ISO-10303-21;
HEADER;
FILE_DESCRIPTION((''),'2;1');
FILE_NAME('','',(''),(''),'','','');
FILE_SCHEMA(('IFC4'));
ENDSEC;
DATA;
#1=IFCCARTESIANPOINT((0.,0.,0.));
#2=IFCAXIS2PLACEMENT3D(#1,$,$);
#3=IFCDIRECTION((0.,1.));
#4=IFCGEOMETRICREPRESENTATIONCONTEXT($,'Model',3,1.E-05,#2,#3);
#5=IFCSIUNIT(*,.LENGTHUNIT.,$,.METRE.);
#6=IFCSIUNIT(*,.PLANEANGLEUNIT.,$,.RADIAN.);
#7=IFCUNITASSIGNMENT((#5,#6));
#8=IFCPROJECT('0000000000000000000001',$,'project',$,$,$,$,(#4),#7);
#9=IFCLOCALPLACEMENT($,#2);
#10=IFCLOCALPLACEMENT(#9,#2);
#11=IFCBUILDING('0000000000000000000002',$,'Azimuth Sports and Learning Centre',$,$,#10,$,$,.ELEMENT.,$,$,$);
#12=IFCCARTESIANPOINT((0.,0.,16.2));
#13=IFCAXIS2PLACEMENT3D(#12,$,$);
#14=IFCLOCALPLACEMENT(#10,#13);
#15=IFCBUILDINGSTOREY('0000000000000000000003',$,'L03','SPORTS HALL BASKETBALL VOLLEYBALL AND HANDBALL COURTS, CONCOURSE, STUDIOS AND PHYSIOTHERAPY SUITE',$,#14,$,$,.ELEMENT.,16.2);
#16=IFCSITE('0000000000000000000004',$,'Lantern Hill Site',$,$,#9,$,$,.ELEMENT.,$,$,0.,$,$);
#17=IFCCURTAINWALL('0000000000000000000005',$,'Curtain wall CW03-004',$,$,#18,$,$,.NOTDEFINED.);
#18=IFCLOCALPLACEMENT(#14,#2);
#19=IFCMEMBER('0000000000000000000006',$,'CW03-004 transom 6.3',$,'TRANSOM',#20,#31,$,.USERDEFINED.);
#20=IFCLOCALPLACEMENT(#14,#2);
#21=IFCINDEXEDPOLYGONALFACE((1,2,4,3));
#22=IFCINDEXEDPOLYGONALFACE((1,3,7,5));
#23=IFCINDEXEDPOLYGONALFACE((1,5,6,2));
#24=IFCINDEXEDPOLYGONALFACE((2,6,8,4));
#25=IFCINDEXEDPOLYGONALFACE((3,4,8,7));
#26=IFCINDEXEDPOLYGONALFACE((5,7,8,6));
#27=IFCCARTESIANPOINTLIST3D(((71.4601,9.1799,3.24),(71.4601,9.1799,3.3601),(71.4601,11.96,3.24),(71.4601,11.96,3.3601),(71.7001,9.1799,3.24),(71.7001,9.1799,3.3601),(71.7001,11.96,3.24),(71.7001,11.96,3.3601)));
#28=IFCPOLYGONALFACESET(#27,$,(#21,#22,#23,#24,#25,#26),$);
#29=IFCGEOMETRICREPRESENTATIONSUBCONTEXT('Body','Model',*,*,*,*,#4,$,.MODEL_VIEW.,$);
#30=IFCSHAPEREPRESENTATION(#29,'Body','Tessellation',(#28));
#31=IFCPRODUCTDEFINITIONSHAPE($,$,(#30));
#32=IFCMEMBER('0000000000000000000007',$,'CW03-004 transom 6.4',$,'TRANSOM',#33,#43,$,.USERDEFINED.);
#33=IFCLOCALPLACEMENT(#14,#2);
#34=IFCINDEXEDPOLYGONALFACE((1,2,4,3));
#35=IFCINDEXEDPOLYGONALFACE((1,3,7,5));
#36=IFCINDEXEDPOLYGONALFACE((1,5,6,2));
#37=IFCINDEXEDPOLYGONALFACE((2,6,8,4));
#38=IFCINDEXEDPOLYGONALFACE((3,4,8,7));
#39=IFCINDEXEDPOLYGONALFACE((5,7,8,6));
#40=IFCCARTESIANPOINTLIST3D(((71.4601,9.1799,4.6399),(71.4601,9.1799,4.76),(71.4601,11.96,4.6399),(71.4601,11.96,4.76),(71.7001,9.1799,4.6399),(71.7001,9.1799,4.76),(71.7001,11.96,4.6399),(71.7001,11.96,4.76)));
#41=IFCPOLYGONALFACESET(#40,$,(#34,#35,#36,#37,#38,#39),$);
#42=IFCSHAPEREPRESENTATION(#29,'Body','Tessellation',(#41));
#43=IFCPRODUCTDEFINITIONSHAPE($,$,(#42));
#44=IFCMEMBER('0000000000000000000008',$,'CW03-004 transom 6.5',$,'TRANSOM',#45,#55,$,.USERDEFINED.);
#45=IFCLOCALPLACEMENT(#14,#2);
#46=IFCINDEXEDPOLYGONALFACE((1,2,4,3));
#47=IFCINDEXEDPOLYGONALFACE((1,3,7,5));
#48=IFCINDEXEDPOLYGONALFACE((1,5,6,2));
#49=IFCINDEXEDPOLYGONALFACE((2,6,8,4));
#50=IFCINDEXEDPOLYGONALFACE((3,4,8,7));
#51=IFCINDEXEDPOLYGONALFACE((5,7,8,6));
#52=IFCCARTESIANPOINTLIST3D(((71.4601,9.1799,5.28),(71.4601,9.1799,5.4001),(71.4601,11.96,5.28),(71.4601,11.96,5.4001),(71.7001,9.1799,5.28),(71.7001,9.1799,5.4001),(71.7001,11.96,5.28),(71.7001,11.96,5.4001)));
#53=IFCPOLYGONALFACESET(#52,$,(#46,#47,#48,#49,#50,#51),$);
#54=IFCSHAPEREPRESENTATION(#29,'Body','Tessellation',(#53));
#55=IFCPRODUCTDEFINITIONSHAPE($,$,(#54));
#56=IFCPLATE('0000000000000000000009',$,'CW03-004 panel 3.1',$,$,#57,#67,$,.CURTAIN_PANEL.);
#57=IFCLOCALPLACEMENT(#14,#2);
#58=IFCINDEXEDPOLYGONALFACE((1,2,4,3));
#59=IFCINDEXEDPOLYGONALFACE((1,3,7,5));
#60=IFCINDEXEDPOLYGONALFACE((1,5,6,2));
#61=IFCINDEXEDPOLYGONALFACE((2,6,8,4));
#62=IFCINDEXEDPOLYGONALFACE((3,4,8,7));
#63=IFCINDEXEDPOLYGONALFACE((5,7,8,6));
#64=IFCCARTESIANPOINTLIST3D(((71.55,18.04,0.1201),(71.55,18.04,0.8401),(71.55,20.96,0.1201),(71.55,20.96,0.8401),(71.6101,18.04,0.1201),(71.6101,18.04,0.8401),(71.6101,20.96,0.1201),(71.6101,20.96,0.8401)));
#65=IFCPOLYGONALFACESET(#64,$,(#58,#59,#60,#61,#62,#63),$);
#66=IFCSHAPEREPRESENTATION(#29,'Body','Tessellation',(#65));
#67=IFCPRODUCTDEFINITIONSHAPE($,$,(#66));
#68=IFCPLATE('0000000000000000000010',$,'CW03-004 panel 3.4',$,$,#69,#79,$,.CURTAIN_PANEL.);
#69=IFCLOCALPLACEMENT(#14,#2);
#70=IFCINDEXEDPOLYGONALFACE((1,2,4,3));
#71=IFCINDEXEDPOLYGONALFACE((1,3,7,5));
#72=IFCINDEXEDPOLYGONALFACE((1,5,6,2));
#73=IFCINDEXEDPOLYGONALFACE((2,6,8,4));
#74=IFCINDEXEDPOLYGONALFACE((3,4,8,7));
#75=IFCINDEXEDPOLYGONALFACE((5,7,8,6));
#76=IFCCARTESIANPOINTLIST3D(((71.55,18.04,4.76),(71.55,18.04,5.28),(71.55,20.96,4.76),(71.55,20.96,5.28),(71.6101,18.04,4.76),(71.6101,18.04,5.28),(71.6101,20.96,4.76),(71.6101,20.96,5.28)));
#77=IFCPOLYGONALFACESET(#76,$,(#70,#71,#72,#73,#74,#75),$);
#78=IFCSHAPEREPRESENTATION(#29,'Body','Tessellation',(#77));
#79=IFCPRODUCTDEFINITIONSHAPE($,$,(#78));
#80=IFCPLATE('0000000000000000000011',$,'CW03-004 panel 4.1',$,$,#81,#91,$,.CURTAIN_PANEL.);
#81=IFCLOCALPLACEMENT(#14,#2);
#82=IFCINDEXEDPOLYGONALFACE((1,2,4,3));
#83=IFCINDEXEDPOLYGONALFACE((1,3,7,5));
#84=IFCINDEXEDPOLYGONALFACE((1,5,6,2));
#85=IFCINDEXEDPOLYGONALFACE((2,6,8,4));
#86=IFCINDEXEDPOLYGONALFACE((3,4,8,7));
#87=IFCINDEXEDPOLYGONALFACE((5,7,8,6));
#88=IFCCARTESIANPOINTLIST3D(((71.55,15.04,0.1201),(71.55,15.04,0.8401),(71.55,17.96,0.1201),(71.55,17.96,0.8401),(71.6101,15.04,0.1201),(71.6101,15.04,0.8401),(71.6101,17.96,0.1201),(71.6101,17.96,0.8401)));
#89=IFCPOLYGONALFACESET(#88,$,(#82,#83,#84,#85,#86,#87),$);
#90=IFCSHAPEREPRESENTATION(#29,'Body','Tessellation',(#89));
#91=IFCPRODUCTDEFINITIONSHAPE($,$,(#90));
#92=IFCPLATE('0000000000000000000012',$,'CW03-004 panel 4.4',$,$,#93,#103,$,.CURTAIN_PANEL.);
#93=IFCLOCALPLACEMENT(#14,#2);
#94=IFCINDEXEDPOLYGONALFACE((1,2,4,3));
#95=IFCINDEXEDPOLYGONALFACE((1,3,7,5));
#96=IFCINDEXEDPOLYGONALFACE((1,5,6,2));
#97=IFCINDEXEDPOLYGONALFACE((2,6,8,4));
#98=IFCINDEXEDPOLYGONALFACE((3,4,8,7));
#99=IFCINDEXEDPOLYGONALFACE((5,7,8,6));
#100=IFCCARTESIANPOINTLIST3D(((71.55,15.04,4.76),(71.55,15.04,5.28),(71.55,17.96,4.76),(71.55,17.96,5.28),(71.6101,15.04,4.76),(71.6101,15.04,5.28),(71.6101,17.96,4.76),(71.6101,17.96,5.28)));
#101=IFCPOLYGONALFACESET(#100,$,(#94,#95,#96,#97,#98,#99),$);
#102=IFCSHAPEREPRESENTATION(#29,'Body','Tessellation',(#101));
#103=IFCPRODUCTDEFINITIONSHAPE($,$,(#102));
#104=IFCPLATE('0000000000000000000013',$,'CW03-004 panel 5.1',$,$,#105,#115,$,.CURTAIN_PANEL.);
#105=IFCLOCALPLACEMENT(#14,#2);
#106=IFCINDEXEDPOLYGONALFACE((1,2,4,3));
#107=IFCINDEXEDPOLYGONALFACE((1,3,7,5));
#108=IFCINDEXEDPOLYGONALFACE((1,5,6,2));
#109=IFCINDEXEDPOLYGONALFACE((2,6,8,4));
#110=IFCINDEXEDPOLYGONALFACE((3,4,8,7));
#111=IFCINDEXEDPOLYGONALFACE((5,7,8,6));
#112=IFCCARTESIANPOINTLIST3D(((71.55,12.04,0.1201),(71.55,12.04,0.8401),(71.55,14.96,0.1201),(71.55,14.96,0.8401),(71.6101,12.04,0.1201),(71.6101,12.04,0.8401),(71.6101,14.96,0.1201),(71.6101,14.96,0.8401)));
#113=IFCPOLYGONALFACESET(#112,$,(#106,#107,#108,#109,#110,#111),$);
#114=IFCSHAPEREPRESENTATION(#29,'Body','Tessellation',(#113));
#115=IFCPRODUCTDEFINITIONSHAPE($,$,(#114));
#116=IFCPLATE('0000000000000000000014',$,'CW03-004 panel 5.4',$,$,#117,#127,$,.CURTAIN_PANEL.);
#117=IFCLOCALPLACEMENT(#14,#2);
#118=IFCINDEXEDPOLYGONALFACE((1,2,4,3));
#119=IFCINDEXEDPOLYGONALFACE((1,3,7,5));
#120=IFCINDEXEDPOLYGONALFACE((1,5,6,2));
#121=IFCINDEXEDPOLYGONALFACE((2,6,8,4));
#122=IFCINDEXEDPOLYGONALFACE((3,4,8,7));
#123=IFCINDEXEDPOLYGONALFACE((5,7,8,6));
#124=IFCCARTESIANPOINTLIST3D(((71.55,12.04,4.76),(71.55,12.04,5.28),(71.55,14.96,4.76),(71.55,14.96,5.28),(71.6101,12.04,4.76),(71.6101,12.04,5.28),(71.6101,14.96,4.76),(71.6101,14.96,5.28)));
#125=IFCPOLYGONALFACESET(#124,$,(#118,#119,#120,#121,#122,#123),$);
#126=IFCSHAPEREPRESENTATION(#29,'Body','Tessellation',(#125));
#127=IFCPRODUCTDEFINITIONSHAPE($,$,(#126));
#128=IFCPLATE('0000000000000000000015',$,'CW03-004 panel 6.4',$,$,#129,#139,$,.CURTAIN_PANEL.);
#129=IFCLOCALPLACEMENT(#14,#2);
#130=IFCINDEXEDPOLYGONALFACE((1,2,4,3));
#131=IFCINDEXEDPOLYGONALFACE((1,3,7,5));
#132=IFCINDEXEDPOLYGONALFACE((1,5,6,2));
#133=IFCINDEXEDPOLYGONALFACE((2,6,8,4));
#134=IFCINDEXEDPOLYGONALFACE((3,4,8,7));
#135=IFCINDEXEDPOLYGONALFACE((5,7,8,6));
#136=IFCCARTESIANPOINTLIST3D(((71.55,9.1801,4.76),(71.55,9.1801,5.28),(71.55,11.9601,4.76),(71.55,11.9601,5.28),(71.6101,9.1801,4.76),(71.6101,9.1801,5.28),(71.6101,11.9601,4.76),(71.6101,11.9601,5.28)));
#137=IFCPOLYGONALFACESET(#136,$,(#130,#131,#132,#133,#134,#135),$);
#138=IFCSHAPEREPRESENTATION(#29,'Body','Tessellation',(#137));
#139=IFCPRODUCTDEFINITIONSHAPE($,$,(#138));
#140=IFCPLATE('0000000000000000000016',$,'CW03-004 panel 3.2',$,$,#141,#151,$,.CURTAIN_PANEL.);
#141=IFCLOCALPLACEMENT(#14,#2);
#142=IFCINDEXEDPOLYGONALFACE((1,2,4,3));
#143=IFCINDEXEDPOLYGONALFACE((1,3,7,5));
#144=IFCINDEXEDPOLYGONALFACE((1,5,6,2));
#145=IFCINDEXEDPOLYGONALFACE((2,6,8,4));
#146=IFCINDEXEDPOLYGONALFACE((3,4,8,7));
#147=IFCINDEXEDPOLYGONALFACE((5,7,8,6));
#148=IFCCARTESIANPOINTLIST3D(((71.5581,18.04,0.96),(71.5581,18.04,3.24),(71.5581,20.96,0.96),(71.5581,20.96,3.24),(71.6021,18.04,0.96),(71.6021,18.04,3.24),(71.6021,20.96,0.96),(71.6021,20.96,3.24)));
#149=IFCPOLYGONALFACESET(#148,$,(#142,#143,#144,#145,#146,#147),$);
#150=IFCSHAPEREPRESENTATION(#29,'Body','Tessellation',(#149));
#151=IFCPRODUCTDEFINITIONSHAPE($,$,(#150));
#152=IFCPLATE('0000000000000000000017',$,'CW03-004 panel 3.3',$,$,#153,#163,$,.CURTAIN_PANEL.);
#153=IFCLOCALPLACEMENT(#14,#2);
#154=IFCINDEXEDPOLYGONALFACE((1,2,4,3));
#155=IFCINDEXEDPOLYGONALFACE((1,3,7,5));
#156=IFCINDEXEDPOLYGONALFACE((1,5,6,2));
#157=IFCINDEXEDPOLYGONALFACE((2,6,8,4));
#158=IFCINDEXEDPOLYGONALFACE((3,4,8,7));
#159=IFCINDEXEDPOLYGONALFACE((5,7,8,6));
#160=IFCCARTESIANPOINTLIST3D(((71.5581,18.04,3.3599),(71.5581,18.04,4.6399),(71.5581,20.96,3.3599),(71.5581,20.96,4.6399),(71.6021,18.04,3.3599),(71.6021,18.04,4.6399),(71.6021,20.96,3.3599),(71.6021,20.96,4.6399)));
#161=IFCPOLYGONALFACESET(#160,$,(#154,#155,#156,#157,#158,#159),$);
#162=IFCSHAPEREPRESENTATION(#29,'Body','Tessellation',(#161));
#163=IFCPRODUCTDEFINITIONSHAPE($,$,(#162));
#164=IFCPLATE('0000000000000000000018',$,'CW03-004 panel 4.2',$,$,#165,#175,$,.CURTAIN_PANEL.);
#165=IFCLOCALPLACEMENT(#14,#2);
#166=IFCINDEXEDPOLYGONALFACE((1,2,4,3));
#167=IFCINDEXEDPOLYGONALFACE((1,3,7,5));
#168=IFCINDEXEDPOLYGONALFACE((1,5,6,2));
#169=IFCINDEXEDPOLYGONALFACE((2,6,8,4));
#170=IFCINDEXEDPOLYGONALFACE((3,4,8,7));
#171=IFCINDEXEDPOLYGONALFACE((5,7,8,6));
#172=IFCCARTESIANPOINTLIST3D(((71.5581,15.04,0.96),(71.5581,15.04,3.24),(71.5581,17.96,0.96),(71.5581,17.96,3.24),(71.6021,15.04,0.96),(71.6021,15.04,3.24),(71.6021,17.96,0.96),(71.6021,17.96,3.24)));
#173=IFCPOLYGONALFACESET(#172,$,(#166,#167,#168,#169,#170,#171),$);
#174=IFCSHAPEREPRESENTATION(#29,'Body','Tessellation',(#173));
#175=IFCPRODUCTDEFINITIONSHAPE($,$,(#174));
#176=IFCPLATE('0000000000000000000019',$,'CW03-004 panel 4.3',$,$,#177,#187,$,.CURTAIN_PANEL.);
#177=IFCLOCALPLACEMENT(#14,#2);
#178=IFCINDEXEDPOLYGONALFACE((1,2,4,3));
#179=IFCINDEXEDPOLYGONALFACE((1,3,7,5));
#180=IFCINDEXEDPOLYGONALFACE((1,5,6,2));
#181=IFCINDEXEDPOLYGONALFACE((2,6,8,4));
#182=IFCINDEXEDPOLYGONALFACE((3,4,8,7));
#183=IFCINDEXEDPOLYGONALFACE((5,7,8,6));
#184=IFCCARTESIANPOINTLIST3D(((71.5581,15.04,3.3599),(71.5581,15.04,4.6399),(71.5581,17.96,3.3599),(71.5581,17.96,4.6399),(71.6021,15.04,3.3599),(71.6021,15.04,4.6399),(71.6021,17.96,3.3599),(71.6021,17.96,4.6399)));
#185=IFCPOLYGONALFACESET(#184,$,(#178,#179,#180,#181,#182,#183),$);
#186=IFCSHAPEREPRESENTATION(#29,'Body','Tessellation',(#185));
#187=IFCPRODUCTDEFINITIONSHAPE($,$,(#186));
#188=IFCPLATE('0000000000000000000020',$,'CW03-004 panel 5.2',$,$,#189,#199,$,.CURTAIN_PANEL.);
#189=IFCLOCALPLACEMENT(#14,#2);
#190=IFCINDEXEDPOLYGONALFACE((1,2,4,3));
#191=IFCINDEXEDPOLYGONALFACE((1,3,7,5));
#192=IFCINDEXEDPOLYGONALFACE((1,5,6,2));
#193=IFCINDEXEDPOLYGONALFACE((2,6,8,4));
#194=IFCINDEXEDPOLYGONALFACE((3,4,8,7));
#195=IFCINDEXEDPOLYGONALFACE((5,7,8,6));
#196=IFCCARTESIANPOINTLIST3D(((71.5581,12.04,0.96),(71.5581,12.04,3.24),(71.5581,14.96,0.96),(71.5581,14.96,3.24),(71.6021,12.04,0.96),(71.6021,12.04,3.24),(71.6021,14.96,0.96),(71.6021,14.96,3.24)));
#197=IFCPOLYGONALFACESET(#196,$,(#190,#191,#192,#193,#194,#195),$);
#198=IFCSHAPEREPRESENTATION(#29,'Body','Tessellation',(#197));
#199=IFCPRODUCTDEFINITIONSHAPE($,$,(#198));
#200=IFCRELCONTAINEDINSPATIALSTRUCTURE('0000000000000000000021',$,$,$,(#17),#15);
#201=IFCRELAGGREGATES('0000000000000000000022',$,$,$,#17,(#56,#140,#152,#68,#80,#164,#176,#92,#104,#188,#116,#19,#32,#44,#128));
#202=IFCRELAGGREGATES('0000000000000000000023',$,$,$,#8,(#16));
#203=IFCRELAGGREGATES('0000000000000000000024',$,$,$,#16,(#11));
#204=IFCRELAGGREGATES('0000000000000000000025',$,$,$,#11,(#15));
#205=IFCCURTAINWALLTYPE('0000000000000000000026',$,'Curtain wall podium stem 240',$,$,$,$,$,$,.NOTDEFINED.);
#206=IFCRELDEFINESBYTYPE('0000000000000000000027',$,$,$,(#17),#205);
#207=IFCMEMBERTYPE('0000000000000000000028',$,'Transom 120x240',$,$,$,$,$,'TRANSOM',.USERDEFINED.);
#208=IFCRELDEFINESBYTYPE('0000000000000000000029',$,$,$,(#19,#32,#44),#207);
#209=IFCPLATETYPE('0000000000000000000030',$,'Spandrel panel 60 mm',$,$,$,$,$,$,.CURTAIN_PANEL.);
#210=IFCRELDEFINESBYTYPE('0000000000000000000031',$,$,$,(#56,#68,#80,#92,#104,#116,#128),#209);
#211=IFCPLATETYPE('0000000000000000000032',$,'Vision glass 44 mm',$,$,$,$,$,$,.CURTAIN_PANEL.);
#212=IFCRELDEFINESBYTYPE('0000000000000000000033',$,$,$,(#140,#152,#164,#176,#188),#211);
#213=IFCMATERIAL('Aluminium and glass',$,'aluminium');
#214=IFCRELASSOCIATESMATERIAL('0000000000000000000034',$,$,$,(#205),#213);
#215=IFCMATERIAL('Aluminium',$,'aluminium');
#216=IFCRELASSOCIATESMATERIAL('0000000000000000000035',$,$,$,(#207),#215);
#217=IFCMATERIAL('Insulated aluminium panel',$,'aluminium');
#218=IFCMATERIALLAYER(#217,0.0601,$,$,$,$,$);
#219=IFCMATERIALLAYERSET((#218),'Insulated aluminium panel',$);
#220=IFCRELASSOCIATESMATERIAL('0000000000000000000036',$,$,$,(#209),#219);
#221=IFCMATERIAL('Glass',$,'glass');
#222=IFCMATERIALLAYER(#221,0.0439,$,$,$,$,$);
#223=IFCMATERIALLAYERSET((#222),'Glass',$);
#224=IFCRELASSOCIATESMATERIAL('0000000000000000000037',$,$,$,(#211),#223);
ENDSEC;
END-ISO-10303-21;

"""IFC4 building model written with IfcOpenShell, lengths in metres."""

from ifc_helpers import new_model, si_unit, direction, frame, origin, origin_2d, place, context, subcontext, project, spatial, rectangle, extrude, material, layer, layer_set, material_profile, profile_set, type_object, element, aggregate, save


model = new_model("IFC4")

# Units and contexts
model_context = context("Model", 3, precision=1e-05, world=origin(), true_north=direction((0.0, 1.0)))
body_context = subcontext(model_context, "Body", "Model", "MODEL_VIEW")
ifc_project = project(units=[si_unit("LENGTHUNIT", "METRE"), si_unit("PLANEANGLEUNIT", "RADIAN")], contexts=[model_context])

# Site, building, storey
site_placement = place(None, origin())
site = spatial("IfcSite", under=ifc_project, at=site_placement, Name="Lantern Hill Site", CompositionType="ELEMENT", RefElevation=0.0)
building_placement = place(site_placement, origin())
building = spatial("IfcBuilding", under=site, at=building_placement, Name="Azimuth Sports and Learning Centre", CompositionType="ELEMENT")
storey_placement = place(building_placement, frame((0.0, 0.0, 16.2)))
storey = spatial("IfcBuildingStorey", under=building, at=storey_placement, Name="L03", Description="SPORTS HALL BASKETBALL VOLLEYBALL AND HANDBALL COURTS, CONCOURSE, STUDIOS AND PHYSIOTHERAPY SUITE", CompositionType="ELEMENT", Elevation=16.2)

# Curtain wall, members, plates
ifc_material_1 = material(Name="Aluminium and glass", Category="aluminium")
curtain_wall_type = type_object("IfcCurtainWallType", Name="Curtain wall podium stem 240", PredefinedType="NOTDEFINED", material=ifc_material_1)
curtain_wall_placement = place(storey_placement, origin())
curtain_wall = element("IfcCurtainWall", 1, at=curtain_wall_placement, inside=storey, type_object=curtain_wall_type, Name="Curtain wall CW03-004", PredefinedType="NOTDEFINED")
ifc_material_2 = material(Name="Aluminium", Category="aluminium")
ifc_material_profile_1 = material_profile(ifc_material_2, rectangle(XDim=0.24, YDim=0.1201, at=origin_2d()), Name="Transom 120x240")
ifc_profile_set_1 = profile_set([ifc_material_profile_1], Name="Aluminium")
member_type_1 = type_object("IfcMemberType", Name="Transom 120x240", ElementType="TRANSOM", PredefinedType="USERDEFINED", material=ifc_profile_set_1)
member_1_placement = place(storey_placement, frame((71.5801, 11.96, 3.3), z_axis=(0.0, -1.0, 0.0), x_axis=(1.0, 0.0, 0.0)))
member_1 = element("IfcMember", 2, at=member_1_placement, type_object=member_type_1, Name="CW03-004 transom 6.3", ObjectType="TRANSOM", PredefinedType="USERDEFINED", context=body_context, shape_type="SweptSolid", body=[
    extrude(rectangle(XDim=0.24, YDim=0.1201, at=origin_2d()), origin(), (0.0, 0.0, 1.0), 2.78),
])
member_2_placement = place(storey_placement, frame((71.5801, 11.96, 4.7), z_axis=(0.0, -1.0, 0.0), x_axis=(1.0, 0.0, 0.0)))
member_2 = element("IfcMember", 3, at=member_2_placement, type_object=member_type_1, Name="CW03-004 transom 6.4", ObjectType="TRANSOM", PredefinedType="USERDEFINED", context=body_context, shape_type="SweptSolid", body=[
    extrude(rectangle(XDim=0.24, YDim=0.1201, at=origin_2d()), origin(), (0.0, 0.0, 1.0), 2.78),
])
member_3_placement = place(storey_placement, frame((71.5801, 11.96, 5.3401), z_axis=(0.0, -1.0, 0.0), x_axis=(1.0, 0.0, 0.0)))
member_3 = element("IfcMember", 4, at=member_3_placement, type_object=member_type_1, Name="CW03-004 transom 6.5", ObjectType="TRANSOM", PredefinedType="USERDEFINED", context=body_context, shape_type="SweptSolid", body=[
    extrude(rectangle(XDim=0.24, YDim=0.1201, at=origin_2d()), origin(), (0.0, 0.0, 1.0), 2.78),
])
ifc_material_3 = material(Name="Insulated aluminium panel", Category="aluminium")
ifc_layer_1 = layer(ifc_material_3, 0.0601)
ifc_layer_set_1 = layer_set([ifc_layer_1], Name="Insulated aluminium panel")
plate_type_1 = type_object("IfcPlateType", Name="Spandrel panel 60 mm", PredefinedType="CURTAIN_PANEL", material=ifc_layer_set_1)
plate_1_placement = place(storey_placement, frame((71.5801, 19.5, 0.1201), z_axis=(0.0, 0.0, 1.0), x_axis=(0.0, -1.0, 0.0)))
plate_1 = element("IfcPlate", 5, at=plate_1_placement, type_object=plate_type_1, Name="CW03-004 panel 3.1", PredefinedType="CURTAIN_PANEL", context=body_context, shape_type="SweptSolid", body=[
    extrude(rectangle(XDim=2.9199, YDim=0.0601, at=origin_2d()), origin(), (0.0, 0.0, 1.0), 0.72),
])
plate_2_placement = place(storey_placement, frame((71.5801, 19.5, 4.76), z_axis=(0.0, 0.0, 1.0), x_axis=(0.0, -1.0, 0.0)))
plate_2 = element("IfcPlate", 6, at=plate_2_placement, type_object=plate_type_1, Name="CW03-004 panel 3.4", PredefinedType="CURTAIN_PANEL", context=body_context, shape_type="SweptSolid", body=[
    extrude(rectangle(XDim=2.9199, YDim=0.0601, at=origin_2d()), origin(), (0.0, 0.0, 1.0), 0.52),
])
plate_3_placement = place(storey_placement, frame((71.5801, 16.5, 0.1201), z_axis=(0.0, 0.0, 1.0), x_axis=(0.0, -1.0, 0.0)))
plate_3 = element("IfcPlate", 7, at=plate_3_placement, type_object=plate_type_1, Name="CW03-004 panel 4.1", PredefinedType="CURTAIN_PANEL", context=body_context, shape_type="SweptSolid", body=[
    extrude(rectangle(XDim=2.9199, YDim=0.0601, at=origin_2d()), origin(), (0.0, 0.0, 1.0), 0.72),
])
plate_4_placement = place(storey_placement, frame((71.5801, 16.5, 4.76), z_axis=(0.0, 0.0, 1.0), x_axis=(0.0, -1.0, 0.0)))
plate_4 = element("IfcPlate", 8, at=plate_4_placement, type_object=plate_type_1, Name="CW03-004 panel 4.4", PredefinedType="CURTAIN_PANEL", context=body_context, shape_type="SweptSolid", body=[
    extrude(rectangle(XDim=2.9199, YDim=0.0601, at=origin_2d()), origin(), (0.0, 0.0, 1.0), 0.52),
])
plate_5_placement = place(storey_placement, frame((71.5801, 13.5, 0.1201), z_axis=(0.0, 0.0, 1.0), x_axis=(0.0, -1.0, 0.0)))
plate_5 = element("IfcPlate", 9, at=plate_5_placement, type_object=plate_type_1, Name="CW03-004 panel 5.1", PredefinedType="CURTAIN_PANEL", context=body_context, shape_type="SweptSolid", body=[
    extrude(rectangle(XDim=2.9199, YDim=0.0601, at=origin_2d()), origin(), (0.0, 0.0, 1.0), 0.72),
])
plate_6_placement = place(storey_placement, frame((71.5801, 13.5, 4.76), z_axis=(0.0, 0.0, 1.0), x_axis=(0.0, -1.0, 0.0)))
plate_6 = element("IfcPlate", 10, at=plate_6_placement, type_object=plate_type_1, Name="CW03-004 panel 5.4", PredefinedType="CURTAIN_PANEL", context=body_context, shape_type="SweptSolid", body=[
    extrude(rectangle(XDim=2.9199, YDim=0.0601, at=origin_2d()), origin(), (0.0, 0.0, 1.0), 0.52),
])
plate_7_placement = place(storey_placement, frame((71.5801, 10.5701, 4.76), z_axis=(0.0, 0.0, 1.0), x_axis=(0.0, -1.0, 0.0)))
plate_7 = element("IfcPlate", 11, at=plate_7_placement, type_object=plate_type_1, Name="CW03-004 panel 6.4", PredefinedType="CURTAIN_PANEL", context=body_context, shape_type="SweptSolid", body=[
    extrude(rectangle(XDim=2.78, YDim=0.0601, at=origin_2d()), origin(), (0.0, 0.0, 1.0), 0.52),
])
ifc_material_4 = material(Name="Glass", Category="glass")
ifc_layer_2 = layer(ifc_material_4, 0.0439)
ifc_layer_set_2 = layer_set([ifc_layer_2], Name="Glass")
plate_type_2 = type_object("IfcPlateType", Name="Vision glass 44 mm", PredefinedType="CURTAIN_PANEL", material=ifc_layer_set_2)
plate_8_placement = place(storey_placement, frame((71.5801, 19.5, 0.96), z_axis=(0.0, 0.0, 1.0), x_axis=(0.0, -1.0, 0.0)))
plate_8 = element("IfcPlate", 12, at=plate_8_placement, type_object=plate_type_2, Name="CW03-004 panel 3.2", PredefinedType="CURTAIN_PANEL", context=body_context, shape_type="SweptSolid", body=[
    extrude(rectangle(XDim=2.9199, YDim=0.0439, at=origin_2d()), origin(), (0.0, 0.0, 1.0), 2.28),
])
plate_9_placement = place(storey_placement, frame((71.5801, 19.5, 3.3599), z_axis=(0.0, 0.0, 1.0), x_axis=(0.0, -1.0, 0.0)))
plate_9 = element("IfcPlate", 13, at=plate_9_placement, type_object=plate_type_2, Name="CW03-004 panel 3.3", PredefinedType="CURTAIN_PANEL", context=body_context, shape_type="SweptSolid", body=[
    extrude(rectangle(XDim=2.9199, YDim=0.0439, at=origin_2d()), origin(), (0.0, 0.0, 1.0), 1.28),
])
plate_10_placement = place(storey_placement, frame((71.5801, 16.5, 0.96), z_axis=(0.0, 0.0, 1.0), x_axis=(0.0, -1.0, 0.0)))
plate_10 = element("IfcPlate", 14, at=plate_10_placement, type_object=plate_type_2, Name="CW03-004 panel 4.2", PredefinedType="CURTAIN_PANEL", context=body_context, shape_type="SweptSolid", body=[
    extrude(rectangle(XDim=2.9199, YDim=0.0439, at=origin_2d()), origin(), (0.0, 0.0, 1.0), 2.28),
])
plate_11_placement = place(storey_placement, frame((71.5801, 16.5, 3.3599), z_axis=(0.0, 0.0, 1.0), x_axis=(0.0, -1.0, 0.0)))
plate_11 = element("IfcPlate", 15, at=plate_11_placement, type_object=plate_type_2, Name="CW03-004 panel 4.3", PredefinedType="CURTAIN_PANEL", context=body_context, shape_type="SweptSolid", body=[
    extrude(rectangle(XDim=2.9199, YDim=0.0439, at=origin_2d()), origin(), (0.0, 0.0, 1.0), 1.28),
])
plate_12_placement = place(storey_placement, frame((71.5801, 13.5, 0.96), z_axis=(0.0, 0.0, 1.0), x_axis=(0.0, -1.0, 0.0)))
plate_12 = element("IfcPlate", 16, at=plate_12_placement, type_object=plate_type_2, Name="CW03-004 panel 5.2", PredefinedType="CURTAIN_PANEL", context=body_context, shape_type="SweptSolid", body=[
    extrude(rectangle(XDim=2.9199, YDim=0.0439, at=origin_2d()), origin(), (0.0, 0.0, 1.0), 2.28),
])
aggregate(curtain_wall, [plate_1, plate_8, plate_9, plate_2, plate_3, plate_10, plate_11, plate_4, plate_5, plate_12, plate_6, member_1, member_2, member_3, plate_7])

save(model, "model.ifc")
